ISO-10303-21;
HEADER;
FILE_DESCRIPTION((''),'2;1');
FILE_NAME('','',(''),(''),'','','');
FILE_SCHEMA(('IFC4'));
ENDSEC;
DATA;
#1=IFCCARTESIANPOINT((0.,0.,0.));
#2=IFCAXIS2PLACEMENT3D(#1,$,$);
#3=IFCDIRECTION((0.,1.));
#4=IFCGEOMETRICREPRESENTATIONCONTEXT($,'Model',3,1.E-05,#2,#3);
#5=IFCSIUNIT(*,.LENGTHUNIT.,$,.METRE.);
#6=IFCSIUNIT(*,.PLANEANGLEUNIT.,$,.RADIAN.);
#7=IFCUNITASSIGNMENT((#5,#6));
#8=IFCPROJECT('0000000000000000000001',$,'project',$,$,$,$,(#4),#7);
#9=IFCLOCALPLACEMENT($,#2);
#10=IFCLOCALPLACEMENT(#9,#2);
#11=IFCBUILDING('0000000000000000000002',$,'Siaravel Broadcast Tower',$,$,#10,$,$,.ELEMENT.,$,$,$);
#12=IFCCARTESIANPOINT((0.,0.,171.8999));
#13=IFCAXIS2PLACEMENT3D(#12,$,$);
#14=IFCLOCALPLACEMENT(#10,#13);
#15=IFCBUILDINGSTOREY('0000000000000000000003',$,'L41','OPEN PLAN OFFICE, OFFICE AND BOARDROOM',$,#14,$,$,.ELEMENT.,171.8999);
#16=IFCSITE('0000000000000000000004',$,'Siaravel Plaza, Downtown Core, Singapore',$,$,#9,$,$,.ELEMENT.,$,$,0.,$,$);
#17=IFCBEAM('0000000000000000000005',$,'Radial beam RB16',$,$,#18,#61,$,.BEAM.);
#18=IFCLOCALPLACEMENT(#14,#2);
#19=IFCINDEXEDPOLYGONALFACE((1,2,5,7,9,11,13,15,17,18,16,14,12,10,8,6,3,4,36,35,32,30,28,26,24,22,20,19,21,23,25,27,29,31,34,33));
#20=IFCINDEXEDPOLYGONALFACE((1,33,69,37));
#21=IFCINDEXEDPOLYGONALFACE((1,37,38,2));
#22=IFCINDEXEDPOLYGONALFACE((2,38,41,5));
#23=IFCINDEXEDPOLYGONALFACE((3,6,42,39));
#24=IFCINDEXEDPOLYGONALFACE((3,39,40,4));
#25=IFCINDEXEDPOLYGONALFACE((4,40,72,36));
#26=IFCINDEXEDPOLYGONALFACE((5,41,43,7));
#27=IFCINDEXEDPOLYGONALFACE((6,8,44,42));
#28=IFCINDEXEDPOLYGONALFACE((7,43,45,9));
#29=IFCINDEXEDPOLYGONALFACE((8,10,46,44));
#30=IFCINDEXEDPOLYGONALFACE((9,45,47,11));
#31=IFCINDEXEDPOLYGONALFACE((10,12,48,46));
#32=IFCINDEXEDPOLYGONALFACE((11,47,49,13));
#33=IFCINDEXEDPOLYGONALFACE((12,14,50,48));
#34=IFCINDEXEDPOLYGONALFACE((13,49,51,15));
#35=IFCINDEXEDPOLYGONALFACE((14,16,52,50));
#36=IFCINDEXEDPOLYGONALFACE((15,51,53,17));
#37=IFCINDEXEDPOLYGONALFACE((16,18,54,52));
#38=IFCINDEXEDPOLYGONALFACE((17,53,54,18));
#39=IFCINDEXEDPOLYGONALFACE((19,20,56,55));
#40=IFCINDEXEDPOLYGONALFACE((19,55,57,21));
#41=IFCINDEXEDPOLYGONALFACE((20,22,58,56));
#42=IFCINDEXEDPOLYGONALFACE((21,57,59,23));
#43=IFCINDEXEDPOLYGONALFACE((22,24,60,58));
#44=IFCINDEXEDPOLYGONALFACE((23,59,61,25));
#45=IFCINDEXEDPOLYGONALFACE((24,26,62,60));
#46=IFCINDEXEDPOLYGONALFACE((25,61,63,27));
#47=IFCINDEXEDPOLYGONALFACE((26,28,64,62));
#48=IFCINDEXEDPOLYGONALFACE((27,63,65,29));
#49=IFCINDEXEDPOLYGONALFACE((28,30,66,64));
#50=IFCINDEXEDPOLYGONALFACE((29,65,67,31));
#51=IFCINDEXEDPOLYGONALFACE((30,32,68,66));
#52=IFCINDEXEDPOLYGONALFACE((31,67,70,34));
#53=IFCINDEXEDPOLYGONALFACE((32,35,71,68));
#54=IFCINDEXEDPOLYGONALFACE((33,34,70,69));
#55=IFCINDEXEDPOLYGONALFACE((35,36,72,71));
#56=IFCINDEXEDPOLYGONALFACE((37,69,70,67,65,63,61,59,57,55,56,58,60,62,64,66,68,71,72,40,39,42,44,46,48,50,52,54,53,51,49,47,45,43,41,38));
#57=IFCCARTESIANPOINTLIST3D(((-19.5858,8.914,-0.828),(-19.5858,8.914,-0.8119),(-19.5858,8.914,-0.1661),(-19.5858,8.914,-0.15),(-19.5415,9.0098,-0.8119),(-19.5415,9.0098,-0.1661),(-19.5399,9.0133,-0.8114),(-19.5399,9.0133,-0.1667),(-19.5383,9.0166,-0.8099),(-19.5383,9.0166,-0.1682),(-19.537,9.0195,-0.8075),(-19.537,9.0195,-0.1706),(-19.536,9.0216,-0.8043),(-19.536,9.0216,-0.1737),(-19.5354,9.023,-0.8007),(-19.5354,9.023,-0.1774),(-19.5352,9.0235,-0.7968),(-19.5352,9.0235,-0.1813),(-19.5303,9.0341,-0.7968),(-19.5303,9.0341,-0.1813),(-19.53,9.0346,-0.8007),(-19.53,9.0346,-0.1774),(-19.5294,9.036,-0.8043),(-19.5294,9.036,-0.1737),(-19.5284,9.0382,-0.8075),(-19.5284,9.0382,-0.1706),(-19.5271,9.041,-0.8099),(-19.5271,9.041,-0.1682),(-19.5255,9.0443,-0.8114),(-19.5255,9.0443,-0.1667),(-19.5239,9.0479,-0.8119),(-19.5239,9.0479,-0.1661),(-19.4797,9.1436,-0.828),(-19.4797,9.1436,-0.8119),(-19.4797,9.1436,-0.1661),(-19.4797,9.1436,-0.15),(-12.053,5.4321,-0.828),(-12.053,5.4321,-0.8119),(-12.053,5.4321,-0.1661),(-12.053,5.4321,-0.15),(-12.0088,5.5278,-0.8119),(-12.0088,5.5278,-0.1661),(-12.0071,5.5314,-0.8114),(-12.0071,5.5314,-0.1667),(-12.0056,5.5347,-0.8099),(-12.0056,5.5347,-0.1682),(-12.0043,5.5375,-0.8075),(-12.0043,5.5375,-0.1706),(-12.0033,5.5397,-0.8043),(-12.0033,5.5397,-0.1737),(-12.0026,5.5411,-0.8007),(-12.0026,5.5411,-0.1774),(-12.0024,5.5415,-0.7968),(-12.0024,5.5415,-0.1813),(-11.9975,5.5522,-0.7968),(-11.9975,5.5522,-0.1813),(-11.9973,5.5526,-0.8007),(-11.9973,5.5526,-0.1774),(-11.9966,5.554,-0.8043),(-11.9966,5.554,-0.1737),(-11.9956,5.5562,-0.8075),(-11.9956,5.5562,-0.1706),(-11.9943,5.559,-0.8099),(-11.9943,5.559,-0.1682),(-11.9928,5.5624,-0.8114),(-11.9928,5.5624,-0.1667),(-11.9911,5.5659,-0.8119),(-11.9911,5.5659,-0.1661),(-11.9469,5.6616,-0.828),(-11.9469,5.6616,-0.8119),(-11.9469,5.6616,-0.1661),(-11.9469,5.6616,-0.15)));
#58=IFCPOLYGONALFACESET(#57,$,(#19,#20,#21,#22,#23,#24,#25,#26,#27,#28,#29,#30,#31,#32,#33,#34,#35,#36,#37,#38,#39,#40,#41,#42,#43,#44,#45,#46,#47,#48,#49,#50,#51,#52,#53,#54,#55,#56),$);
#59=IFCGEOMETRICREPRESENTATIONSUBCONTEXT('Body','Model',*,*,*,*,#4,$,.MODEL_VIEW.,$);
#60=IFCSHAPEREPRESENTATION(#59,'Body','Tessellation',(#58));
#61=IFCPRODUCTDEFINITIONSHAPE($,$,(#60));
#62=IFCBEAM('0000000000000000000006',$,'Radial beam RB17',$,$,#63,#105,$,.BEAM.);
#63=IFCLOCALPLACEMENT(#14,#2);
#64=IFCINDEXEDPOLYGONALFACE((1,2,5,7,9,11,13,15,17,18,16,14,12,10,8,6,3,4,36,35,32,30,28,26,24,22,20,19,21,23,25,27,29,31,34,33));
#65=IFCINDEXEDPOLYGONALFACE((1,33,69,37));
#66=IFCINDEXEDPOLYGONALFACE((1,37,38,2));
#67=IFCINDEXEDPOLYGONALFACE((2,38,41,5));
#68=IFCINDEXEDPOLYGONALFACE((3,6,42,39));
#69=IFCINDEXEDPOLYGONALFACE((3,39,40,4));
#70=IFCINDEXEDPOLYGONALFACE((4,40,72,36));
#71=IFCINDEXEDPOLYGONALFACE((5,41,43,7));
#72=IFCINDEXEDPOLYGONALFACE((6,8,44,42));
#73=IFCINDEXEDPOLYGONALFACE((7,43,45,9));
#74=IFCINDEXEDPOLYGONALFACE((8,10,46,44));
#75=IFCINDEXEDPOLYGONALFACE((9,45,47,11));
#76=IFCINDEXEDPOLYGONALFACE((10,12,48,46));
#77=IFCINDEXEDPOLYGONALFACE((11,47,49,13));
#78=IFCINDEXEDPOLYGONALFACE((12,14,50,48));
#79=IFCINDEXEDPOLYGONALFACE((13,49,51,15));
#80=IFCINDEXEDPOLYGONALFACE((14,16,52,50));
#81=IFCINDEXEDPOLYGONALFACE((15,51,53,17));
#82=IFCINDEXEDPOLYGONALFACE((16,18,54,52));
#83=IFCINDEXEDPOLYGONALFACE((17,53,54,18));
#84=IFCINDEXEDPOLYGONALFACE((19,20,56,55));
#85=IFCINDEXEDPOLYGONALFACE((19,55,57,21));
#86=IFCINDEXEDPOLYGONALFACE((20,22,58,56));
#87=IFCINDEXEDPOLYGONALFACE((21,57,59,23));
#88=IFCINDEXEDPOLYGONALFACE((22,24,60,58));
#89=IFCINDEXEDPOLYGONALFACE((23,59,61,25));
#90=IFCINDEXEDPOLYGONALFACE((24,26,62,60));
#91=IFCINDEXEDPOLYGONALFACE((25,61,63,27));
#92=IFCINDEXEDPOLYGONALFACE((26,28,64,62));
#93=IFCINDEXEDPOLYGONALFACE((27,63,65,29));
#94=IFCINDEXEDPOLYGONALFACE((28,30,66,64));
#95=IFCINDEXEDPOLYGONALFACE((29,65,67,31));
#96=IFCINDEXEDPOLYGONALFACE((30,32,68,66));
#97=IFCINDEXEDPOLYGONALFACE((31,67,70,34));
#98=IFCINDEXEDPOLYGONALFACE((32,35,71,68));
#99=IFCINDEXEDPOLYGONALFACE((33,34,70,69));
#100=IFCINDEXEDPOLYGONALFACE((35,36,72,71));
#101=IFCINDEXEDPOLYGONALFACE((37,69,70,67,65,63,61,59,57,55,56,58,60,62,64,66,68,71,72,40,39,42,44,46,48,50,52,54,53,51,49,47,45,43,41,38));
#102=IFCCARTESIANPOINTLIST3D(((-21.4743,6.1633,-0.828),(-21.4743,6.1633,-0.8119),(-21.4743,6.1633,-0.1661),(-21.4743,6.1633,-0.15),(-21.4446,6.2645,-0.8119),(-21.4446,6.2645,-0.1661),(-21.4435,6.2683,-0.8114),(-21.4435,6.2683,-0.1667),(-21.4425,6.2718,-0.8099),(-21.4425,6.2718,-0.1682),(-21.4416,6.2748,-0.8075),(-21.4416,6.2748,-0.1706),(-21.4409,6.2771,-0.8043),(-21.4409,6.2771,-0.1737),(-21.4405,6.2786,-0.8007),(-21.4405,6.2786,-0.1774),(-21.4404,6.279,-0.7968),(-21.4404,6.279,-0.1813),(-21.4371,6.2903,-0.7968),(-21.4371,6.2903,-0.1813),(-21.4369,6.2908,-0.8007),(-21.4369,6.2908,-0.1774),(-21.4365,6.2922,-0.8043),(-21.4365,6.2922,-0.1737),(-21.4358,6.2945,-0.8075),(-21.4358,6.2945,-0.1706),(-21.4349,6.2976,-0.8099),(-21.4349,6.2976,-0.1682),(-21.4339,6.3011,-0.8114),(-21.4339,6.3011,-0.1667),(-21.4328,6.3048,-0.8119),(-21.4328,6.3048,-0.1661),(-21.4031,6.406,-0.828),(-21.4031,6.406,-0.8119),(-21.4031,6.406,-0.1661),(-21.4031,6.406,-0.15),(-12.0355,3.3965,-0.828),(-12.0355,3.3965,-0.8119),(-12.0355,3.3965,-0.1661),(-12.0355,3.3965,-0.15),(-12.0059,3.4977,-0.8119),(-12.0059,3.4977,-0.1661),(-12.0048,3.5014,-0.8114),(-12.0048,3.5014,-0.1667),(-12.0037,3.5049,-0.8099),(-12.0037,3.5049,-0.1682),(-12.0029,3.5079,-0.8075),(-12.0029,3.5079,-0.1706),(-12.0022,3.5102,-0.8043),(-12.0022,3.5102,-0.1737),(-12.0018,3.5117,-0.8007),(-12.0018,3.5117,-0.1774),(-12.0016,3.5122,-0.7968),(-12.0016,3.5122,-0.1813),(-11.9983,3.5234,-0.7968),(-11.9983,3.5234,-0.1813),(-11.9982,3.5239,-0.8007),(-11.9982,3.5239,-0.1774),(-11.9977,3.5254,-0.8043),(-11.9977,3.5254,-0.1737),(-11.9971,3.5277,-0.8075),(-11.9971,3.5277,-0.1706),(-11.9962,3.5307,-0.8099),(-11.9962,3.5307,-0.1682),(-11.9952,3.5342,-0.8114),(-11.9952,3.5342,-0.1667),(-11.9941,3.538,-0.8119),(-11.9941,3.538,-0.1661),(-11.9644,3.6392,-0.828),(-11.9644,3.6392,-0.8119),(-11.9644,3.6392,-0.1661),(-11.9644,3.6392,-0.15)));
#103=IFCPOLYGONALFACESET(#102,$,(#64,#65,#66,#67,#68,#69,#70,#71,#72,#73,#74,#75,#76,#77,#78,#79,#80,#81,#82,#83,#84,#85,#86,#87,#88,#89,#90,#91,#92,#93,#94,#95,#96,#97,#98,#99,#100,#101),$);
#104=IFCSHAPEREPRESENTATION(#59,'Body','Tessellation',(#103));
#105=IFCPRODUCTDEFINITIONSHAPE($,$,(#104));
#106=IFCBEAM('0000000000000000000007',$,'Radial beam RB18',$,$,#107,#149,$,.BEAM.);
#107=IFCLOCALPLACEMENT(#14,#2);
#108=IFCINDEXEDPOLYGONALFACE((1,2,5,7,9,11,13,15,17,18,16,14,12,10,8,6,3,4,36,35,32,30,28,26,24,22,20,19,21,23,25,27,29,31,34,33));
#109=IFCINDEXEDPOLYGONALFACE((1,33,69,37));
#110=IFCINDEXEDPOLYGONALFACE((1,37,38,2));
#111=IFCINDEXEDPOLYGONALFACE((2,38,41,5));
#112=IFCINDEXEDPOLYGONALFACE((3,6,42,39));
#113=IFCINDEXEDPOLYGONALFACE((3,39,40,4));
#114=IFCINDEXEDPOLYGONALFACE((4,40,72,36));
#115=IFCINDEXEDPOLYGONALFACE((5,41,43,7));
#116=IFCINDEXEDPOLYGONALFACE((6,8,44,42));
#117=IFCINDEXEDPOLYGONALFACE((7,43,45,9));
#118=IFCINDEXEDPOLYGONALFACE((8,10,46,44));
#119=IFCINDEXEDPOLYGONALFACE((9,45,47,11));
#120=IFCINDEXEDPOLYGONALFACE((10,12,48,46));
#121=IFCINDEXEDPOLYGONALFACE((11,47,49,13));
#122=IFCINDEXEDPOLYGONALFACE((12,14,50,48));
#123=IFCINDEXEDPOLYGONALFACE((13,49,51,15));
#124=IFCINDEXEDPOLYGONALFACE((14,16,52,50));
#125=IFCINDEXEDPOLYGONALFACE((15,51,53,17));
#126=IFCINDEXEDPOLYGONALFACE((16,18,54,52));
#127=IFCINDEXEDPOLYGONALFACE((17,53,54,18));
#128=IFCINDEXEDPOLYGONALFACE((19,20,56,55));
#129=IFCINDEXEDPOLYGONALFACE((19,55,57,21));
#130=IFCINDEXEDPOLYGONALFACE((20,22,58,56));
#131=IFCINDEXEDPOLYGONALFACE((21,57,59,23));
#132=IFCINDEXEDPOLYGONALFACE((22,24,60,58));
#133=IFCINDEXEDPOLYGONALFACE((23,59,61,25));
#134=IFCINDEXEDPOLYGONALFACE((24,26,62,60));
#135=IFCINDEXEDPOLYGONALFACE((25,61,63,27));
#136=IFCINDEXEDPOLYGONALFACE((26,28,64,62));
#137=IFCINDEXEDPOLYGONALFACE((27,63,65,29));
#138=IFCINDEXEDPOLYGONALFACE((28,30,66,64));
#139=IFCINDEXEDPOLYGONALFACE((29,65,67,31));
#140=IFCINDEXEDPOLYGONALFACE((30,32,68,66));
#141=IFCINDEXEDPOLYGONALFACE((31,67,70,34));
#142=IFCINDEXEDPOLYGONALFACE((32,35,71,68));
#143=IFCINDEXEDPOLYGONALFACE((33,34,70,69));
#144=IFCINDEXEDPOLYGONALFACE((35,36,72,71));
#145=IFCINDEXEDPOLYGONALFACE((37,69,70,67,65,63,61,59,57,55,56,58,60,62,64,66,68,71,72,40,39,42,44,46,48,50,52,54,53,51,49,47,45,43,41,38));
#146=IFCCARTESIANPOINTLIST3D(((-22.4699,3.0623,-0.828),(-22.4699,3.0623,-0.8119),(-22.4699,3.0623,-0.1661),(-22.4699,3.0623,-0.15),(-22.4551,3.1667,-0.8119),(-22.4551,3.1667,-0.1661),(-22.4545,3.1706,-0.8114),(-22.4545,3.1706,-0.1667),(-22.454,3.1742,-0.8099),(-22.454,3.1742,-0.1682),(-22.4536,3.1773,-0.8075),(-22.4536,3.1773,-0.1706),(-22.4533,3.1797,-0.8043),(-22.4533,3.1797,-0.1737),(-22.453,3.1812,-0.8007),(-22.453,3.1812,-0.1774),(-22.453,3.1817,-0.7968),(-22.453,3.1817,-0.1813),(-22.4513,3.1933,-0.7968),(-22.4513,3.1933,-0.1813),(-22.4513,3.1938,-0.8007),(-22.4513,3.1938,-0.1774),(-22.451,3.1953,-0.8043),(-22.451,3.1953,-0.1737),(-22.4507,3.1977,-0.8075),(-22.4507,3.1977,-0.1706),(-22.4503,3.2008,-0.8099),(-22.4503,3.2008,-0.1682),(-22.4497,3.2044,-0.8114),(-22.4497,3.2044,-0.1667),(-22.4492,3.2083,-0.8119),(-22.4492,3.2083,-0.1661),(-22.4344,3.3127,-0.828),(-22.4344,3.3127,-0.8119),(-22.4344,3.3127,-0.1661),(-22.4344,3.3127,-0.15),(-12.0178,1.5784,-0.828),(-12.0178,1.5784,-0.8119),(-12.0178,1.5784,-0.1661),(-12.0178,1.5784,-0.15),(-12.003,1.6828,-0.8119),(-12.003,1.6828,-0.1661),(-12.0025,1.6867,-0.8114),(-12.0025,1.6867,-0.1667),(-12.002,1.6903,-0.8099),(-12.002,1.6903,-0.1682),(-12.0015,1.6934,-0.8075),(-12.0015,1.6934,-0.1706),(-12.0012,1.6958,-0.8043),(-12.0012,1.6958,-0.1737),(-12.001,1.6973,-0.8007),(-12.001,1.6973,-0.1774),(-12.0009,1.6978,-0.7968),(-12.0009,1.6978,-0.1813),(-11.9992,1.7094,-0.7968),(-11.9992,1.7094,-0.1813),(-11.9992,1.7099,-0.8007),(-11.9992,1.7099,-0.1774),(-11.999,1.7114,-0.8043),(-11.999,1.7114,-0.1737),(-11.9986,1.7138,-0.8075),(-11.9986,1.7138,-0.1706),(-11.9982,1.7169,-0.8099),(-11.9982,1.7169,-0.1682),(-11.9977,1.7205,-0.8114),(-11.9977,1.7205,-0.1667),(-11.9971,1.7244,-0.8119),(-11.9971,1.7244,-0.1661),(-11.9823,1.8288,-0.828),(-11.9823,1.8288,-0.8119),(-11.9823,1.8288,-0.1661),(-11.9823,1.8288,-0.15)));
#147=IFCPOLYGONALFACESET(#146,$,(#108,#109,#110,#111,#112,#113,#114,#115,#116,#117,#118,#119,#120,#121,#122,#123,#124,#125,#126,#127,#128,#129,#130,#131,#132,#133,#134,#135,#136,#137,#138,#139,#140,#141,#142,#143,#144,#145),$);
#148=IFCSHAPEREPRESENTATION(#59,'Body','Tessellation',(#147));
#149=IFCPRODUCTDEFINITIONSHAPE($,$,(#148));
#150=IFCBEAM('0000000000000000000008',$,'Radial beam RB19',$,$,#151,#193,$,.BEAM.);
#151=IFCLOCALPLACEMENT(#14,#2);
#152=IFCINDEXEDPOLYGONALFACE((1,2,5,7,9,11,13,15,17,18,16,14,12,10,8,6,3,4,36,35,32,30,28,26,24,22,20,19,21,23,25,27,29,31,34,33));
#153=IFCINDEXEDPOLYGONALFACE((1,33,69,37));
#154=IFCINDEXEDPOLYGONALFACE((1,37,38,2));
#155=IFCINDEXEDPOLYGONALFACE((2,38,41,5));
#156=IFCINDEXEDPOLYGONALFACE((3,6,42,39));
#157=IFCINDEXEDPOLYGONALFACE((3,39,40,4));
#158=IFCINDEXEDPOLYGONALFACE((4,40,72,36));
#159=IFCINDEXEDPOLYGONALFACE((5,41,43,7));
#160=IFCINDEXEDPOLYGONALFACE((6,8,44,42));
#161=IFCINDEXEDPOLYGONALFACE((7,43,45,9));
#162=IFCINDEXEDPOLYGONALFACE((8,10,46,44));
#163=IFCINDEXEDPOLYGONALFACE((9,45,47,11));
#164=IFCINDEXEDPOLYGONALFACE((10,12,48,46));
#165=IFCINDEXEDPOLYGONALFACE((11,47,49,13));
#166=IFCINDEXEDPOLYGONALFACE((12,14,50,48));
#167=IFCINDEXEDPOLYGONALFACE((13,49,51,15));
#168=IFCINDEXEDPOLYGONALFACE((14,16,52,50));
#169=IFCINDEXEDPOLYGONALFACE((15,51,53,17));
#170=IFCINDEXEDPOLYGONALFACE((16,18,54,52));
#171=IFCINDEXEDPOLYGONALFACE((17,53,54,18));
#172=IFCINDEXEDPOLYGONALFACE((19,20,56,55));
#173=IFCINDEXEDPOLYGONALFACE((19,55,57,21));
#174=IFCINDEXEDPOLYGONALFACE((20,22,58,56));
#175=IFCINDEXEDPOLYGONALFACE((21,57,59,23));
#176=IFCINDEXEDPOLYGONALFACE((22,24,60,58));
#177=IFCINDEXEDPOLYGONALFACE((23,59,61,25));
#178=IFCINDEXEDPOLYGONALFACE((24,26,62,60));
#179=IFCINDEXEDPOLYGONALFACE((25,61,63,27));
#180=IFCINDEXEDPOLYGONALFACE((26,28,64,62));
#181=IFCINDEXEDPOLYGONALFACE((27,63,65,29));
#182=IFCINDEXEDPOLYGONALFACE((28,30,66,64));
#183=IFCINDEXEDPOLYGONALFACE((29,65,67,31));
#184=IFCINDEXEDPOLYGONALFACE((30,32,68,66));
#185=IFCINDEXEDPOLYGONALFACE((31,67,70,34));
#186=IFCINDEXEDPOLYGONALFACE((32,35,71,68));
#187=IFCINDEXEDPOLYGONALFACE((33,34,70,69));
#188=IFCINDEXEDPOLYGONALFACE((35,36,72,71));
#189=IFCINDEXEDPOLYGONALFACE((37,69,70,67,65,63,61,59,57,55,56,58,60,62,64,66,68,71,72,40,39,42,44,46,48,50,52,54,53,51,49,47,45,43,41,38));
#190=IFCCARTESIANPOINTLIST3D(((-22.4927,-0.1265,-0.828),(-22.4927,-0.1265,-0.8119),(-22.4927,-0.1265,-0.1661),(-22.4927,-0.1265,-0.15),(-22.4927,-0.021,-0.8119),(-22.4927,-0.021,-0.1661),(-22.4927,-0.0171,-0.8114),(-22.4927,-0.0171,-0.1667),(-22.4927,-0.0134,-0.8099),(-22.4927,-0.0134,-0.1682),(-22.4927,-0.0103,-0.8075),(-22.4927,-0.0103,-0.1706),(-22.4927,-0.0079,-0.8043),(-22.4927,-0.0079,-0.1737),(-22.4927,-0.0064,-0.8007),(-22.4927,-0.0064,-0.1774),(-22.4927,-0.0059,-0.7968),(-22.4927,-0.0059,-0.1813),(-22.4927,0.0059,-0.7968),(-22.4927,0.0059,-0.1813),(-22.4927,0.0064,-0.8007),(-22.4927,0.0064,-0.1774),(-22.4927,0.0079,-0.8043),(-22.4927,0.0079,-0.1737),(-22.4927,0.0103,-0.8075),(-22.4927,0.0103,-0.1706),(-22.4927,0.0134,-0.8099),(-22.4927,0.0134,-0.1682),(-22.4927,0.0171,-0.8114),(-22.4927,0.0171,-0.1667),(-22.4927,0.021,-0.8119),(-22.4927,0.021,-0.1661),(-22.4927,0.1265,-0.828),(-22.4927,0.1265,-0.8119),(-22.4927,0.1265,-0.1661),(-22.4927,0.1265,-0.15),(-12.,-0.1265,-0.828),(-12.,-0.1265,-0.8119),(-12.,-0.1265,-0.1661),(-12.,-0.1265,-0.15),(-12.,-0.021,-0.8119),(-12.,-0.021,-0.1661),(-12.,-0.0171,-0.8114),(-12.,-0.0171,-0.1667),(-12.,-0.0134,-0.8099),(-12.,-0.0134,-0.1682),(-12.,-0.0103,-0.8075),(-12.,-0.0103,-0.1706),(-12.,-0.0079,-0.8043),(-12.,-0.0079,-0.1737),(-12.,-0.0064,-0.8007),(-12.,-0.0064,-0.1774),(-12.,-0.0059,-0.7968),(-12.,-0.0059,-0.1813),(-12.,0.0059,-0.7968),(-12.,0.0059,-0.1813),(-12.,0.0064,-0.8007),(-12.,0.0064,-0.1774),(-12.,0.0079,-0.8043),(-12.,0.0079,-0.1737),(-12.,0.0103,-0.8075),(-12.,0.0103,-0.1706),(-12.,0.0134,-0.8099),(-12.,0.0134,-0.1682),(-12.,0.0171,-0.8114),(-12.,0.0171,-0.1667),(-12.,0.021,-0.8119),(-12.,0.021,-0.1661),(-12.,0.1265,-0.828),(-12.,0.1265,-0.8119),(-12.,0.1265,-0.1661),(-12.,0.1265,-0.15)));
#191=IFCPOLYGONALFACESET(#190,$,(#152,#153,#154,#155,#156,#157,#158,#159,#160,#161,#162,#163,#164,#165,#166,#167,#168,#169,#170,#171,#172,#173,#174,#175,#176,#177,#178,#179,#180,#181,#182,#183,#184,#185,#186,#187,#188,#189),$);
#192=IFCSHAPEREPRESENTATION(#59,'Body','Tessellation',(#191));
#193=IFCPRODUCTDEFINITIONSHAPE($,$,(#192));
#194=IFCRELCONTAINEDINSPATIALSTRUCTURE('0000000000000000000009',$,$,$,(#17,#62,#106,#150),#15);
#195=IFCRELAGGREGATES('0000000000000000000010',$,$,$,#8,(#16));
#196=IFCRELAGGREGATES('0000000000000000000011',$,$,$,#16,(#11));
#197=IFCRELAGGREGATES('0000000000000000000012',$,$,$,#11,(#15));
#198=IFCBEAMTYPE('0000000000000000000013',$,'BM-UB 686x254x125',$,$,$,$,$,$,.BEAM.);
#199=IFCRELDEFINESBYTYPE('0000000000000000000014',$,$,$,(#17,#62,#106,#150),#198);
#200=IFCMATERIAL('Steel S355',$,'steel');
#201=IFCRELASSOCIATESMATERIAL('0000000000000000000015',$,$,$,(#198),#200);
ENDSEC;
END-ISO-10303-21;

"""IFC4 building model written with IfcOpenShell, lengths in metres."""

from ifc_helpers import new_model, si_unit, direction, frame, origin, origin_2d, place, context, subcontext, project, spatial, i_section, extrude, material, material_profile, profile_set, type_object, element, save


model = new_model("IFC4")

# Units and contexts
model_context = context("Model", 3, precision=1e-05, world=origin(), true_north=direction((0.0, 1.0)))
body_context = subcontext(model_context, "Body", "Model", "MODEL_VIEW")
ifc_project = project(units=[si_unit("LENGTHUNIT", "METRE"), si_unit("PLANEANGLEUNIT", "RADIAN")], contexts=[model_context])

# Site, building, storey
site_placement = place(None, origin())
site = spatial("IfcSite", under=ifc_project, at=site_placement, Name="Siaravel Plaza, Downtown Core, Singapore", CompositionType="ELEMENT", RefElevation=0.0)
building_placement = place(site_placement, origin())
building = spatial("IfcBuilding", under=site, at=building_placement, Name="Siaravel Broadcast Tower", CompositionType="ELEMENT")
storey_placement = place(building_placement, frame((0.0, 0.0, 171.8999)))
storey = spatial("IfcBuildingStorey", under=building, at=storey_placement, Name="L41", Description="OPEN PLAN OFFICE, OFFICE AND BOARDROOM", CompositionType="ELEMENT", Elevation=171.8999)

# Beams
ifc_material_1 = material(Name="Steel S355", Category="steel")
ifc_material_profile_1 = material_profile(ifc_material_1, i_section(OverallWidth=0.2529, OverallDepth=0.678, WebThickness=0.0117, FlangeThickness=0.0161, FilletRadius=0.0151, at=origin_2d()))
ifc_profile_set_1 = profile_set([ifc_material_profile_1], Name="Steel S355")
beam_type = type_object("IfcBeamType", Name="BM-UB 686x254x125", PredefinedType="BEAM", material=ifc_profile_set_1)
beam_1_placement = place(storey_placement, frame((-19.5327, 9.0288, -0.489), z_axis=(0.907716, -0.419584, 0.0), x_axis=(0.419584, 0.907716, 0.0)))
element("IfcBeam", 1, at=beam_1_placement, inside=storey, type_object=beam_type, Name="Radial beam RB16", PredefinedType="BEAM", context=body_context, shape_type="SweptSolid", body=[
    extrude(i_section(OverallWidth=0.2529, OverallDepth=0.678, WebThickness=0.0117, FlangeThickness=0.0161, FilletRadius=0.0151, at=origin_2d()), origin(), (0.0, 0.0, 1.0), 8.2986),
])
beam_2_placement = place(storey_placement, frame((-21.4387, 6.2847, -0.489), z_axis=(0.95962, -0.281301, 0.0), x_axis=(0.281301, 0.95962, 0.0)))
element("IfcBeam", 2, at=beam_2_placement, inside=storey, type_object=beam_type, Name="Radial beam RB17", PredefinedType="BEAM", context=body_context, shape_type="SweptSolid", body=[
    extrude(i_section(OverallWidth=0.2529, OverallDepth=0.678, WebThickness=0.0117, FlangeThickness=0.0161, FilletRadius=0.0151, at=origin_2d()), origin(), (0.0, 0.0, 1.0), 9.8359),
])
beam_3_placement = place(storey_placement, frame((-22.4521, 3.1875, -0.489), z_axis=(0.990072, -0.14056, 0.0), x_axis=(0.14056, 0.990072, 0.0)))
element("IfcBeam", 3, at=beam_3_placement, inside=storey, type_object=beam_type, Name="Radial beam RB18", PredefinedType="BEAM", context=body_context, shape_type="SweptSolid", body=[
    extrude(i_section(OverallWidth=0.2529, OverallDepth=0.678, WebThickness=0.0117, FlangeThickness=0.0161, FilletRadius=0.0151, at=origin_2d()), origin(), (0.0, 0.0, 1.0), 10.5569),
])
beam_4_placement = place(storey_placement, frame((-22.4927, 0.0, -0.489), z_axis=(1.0, 0.0, 0.0), x_axis=(0.0, 1.0, 0.0)))
element("IfcBeam", 4, at=beam_4_placement, inside=storey, type_object=beam_type, Name="Radial beam RB19", PredefinedType="BEAM", context=body_context, shape_type="SweptSolid", body=[
    extrude(i_section(OverallWidth=0.2529, OverallDepth=0.678, WebThickness=0.0117, FlangeThickness=0.0161, FilletRadius=0.0151, at=origin_2d()), origin(), (0.0, 0.0, 1.0), 10.4927),
])

save(model, "model.ifc")
